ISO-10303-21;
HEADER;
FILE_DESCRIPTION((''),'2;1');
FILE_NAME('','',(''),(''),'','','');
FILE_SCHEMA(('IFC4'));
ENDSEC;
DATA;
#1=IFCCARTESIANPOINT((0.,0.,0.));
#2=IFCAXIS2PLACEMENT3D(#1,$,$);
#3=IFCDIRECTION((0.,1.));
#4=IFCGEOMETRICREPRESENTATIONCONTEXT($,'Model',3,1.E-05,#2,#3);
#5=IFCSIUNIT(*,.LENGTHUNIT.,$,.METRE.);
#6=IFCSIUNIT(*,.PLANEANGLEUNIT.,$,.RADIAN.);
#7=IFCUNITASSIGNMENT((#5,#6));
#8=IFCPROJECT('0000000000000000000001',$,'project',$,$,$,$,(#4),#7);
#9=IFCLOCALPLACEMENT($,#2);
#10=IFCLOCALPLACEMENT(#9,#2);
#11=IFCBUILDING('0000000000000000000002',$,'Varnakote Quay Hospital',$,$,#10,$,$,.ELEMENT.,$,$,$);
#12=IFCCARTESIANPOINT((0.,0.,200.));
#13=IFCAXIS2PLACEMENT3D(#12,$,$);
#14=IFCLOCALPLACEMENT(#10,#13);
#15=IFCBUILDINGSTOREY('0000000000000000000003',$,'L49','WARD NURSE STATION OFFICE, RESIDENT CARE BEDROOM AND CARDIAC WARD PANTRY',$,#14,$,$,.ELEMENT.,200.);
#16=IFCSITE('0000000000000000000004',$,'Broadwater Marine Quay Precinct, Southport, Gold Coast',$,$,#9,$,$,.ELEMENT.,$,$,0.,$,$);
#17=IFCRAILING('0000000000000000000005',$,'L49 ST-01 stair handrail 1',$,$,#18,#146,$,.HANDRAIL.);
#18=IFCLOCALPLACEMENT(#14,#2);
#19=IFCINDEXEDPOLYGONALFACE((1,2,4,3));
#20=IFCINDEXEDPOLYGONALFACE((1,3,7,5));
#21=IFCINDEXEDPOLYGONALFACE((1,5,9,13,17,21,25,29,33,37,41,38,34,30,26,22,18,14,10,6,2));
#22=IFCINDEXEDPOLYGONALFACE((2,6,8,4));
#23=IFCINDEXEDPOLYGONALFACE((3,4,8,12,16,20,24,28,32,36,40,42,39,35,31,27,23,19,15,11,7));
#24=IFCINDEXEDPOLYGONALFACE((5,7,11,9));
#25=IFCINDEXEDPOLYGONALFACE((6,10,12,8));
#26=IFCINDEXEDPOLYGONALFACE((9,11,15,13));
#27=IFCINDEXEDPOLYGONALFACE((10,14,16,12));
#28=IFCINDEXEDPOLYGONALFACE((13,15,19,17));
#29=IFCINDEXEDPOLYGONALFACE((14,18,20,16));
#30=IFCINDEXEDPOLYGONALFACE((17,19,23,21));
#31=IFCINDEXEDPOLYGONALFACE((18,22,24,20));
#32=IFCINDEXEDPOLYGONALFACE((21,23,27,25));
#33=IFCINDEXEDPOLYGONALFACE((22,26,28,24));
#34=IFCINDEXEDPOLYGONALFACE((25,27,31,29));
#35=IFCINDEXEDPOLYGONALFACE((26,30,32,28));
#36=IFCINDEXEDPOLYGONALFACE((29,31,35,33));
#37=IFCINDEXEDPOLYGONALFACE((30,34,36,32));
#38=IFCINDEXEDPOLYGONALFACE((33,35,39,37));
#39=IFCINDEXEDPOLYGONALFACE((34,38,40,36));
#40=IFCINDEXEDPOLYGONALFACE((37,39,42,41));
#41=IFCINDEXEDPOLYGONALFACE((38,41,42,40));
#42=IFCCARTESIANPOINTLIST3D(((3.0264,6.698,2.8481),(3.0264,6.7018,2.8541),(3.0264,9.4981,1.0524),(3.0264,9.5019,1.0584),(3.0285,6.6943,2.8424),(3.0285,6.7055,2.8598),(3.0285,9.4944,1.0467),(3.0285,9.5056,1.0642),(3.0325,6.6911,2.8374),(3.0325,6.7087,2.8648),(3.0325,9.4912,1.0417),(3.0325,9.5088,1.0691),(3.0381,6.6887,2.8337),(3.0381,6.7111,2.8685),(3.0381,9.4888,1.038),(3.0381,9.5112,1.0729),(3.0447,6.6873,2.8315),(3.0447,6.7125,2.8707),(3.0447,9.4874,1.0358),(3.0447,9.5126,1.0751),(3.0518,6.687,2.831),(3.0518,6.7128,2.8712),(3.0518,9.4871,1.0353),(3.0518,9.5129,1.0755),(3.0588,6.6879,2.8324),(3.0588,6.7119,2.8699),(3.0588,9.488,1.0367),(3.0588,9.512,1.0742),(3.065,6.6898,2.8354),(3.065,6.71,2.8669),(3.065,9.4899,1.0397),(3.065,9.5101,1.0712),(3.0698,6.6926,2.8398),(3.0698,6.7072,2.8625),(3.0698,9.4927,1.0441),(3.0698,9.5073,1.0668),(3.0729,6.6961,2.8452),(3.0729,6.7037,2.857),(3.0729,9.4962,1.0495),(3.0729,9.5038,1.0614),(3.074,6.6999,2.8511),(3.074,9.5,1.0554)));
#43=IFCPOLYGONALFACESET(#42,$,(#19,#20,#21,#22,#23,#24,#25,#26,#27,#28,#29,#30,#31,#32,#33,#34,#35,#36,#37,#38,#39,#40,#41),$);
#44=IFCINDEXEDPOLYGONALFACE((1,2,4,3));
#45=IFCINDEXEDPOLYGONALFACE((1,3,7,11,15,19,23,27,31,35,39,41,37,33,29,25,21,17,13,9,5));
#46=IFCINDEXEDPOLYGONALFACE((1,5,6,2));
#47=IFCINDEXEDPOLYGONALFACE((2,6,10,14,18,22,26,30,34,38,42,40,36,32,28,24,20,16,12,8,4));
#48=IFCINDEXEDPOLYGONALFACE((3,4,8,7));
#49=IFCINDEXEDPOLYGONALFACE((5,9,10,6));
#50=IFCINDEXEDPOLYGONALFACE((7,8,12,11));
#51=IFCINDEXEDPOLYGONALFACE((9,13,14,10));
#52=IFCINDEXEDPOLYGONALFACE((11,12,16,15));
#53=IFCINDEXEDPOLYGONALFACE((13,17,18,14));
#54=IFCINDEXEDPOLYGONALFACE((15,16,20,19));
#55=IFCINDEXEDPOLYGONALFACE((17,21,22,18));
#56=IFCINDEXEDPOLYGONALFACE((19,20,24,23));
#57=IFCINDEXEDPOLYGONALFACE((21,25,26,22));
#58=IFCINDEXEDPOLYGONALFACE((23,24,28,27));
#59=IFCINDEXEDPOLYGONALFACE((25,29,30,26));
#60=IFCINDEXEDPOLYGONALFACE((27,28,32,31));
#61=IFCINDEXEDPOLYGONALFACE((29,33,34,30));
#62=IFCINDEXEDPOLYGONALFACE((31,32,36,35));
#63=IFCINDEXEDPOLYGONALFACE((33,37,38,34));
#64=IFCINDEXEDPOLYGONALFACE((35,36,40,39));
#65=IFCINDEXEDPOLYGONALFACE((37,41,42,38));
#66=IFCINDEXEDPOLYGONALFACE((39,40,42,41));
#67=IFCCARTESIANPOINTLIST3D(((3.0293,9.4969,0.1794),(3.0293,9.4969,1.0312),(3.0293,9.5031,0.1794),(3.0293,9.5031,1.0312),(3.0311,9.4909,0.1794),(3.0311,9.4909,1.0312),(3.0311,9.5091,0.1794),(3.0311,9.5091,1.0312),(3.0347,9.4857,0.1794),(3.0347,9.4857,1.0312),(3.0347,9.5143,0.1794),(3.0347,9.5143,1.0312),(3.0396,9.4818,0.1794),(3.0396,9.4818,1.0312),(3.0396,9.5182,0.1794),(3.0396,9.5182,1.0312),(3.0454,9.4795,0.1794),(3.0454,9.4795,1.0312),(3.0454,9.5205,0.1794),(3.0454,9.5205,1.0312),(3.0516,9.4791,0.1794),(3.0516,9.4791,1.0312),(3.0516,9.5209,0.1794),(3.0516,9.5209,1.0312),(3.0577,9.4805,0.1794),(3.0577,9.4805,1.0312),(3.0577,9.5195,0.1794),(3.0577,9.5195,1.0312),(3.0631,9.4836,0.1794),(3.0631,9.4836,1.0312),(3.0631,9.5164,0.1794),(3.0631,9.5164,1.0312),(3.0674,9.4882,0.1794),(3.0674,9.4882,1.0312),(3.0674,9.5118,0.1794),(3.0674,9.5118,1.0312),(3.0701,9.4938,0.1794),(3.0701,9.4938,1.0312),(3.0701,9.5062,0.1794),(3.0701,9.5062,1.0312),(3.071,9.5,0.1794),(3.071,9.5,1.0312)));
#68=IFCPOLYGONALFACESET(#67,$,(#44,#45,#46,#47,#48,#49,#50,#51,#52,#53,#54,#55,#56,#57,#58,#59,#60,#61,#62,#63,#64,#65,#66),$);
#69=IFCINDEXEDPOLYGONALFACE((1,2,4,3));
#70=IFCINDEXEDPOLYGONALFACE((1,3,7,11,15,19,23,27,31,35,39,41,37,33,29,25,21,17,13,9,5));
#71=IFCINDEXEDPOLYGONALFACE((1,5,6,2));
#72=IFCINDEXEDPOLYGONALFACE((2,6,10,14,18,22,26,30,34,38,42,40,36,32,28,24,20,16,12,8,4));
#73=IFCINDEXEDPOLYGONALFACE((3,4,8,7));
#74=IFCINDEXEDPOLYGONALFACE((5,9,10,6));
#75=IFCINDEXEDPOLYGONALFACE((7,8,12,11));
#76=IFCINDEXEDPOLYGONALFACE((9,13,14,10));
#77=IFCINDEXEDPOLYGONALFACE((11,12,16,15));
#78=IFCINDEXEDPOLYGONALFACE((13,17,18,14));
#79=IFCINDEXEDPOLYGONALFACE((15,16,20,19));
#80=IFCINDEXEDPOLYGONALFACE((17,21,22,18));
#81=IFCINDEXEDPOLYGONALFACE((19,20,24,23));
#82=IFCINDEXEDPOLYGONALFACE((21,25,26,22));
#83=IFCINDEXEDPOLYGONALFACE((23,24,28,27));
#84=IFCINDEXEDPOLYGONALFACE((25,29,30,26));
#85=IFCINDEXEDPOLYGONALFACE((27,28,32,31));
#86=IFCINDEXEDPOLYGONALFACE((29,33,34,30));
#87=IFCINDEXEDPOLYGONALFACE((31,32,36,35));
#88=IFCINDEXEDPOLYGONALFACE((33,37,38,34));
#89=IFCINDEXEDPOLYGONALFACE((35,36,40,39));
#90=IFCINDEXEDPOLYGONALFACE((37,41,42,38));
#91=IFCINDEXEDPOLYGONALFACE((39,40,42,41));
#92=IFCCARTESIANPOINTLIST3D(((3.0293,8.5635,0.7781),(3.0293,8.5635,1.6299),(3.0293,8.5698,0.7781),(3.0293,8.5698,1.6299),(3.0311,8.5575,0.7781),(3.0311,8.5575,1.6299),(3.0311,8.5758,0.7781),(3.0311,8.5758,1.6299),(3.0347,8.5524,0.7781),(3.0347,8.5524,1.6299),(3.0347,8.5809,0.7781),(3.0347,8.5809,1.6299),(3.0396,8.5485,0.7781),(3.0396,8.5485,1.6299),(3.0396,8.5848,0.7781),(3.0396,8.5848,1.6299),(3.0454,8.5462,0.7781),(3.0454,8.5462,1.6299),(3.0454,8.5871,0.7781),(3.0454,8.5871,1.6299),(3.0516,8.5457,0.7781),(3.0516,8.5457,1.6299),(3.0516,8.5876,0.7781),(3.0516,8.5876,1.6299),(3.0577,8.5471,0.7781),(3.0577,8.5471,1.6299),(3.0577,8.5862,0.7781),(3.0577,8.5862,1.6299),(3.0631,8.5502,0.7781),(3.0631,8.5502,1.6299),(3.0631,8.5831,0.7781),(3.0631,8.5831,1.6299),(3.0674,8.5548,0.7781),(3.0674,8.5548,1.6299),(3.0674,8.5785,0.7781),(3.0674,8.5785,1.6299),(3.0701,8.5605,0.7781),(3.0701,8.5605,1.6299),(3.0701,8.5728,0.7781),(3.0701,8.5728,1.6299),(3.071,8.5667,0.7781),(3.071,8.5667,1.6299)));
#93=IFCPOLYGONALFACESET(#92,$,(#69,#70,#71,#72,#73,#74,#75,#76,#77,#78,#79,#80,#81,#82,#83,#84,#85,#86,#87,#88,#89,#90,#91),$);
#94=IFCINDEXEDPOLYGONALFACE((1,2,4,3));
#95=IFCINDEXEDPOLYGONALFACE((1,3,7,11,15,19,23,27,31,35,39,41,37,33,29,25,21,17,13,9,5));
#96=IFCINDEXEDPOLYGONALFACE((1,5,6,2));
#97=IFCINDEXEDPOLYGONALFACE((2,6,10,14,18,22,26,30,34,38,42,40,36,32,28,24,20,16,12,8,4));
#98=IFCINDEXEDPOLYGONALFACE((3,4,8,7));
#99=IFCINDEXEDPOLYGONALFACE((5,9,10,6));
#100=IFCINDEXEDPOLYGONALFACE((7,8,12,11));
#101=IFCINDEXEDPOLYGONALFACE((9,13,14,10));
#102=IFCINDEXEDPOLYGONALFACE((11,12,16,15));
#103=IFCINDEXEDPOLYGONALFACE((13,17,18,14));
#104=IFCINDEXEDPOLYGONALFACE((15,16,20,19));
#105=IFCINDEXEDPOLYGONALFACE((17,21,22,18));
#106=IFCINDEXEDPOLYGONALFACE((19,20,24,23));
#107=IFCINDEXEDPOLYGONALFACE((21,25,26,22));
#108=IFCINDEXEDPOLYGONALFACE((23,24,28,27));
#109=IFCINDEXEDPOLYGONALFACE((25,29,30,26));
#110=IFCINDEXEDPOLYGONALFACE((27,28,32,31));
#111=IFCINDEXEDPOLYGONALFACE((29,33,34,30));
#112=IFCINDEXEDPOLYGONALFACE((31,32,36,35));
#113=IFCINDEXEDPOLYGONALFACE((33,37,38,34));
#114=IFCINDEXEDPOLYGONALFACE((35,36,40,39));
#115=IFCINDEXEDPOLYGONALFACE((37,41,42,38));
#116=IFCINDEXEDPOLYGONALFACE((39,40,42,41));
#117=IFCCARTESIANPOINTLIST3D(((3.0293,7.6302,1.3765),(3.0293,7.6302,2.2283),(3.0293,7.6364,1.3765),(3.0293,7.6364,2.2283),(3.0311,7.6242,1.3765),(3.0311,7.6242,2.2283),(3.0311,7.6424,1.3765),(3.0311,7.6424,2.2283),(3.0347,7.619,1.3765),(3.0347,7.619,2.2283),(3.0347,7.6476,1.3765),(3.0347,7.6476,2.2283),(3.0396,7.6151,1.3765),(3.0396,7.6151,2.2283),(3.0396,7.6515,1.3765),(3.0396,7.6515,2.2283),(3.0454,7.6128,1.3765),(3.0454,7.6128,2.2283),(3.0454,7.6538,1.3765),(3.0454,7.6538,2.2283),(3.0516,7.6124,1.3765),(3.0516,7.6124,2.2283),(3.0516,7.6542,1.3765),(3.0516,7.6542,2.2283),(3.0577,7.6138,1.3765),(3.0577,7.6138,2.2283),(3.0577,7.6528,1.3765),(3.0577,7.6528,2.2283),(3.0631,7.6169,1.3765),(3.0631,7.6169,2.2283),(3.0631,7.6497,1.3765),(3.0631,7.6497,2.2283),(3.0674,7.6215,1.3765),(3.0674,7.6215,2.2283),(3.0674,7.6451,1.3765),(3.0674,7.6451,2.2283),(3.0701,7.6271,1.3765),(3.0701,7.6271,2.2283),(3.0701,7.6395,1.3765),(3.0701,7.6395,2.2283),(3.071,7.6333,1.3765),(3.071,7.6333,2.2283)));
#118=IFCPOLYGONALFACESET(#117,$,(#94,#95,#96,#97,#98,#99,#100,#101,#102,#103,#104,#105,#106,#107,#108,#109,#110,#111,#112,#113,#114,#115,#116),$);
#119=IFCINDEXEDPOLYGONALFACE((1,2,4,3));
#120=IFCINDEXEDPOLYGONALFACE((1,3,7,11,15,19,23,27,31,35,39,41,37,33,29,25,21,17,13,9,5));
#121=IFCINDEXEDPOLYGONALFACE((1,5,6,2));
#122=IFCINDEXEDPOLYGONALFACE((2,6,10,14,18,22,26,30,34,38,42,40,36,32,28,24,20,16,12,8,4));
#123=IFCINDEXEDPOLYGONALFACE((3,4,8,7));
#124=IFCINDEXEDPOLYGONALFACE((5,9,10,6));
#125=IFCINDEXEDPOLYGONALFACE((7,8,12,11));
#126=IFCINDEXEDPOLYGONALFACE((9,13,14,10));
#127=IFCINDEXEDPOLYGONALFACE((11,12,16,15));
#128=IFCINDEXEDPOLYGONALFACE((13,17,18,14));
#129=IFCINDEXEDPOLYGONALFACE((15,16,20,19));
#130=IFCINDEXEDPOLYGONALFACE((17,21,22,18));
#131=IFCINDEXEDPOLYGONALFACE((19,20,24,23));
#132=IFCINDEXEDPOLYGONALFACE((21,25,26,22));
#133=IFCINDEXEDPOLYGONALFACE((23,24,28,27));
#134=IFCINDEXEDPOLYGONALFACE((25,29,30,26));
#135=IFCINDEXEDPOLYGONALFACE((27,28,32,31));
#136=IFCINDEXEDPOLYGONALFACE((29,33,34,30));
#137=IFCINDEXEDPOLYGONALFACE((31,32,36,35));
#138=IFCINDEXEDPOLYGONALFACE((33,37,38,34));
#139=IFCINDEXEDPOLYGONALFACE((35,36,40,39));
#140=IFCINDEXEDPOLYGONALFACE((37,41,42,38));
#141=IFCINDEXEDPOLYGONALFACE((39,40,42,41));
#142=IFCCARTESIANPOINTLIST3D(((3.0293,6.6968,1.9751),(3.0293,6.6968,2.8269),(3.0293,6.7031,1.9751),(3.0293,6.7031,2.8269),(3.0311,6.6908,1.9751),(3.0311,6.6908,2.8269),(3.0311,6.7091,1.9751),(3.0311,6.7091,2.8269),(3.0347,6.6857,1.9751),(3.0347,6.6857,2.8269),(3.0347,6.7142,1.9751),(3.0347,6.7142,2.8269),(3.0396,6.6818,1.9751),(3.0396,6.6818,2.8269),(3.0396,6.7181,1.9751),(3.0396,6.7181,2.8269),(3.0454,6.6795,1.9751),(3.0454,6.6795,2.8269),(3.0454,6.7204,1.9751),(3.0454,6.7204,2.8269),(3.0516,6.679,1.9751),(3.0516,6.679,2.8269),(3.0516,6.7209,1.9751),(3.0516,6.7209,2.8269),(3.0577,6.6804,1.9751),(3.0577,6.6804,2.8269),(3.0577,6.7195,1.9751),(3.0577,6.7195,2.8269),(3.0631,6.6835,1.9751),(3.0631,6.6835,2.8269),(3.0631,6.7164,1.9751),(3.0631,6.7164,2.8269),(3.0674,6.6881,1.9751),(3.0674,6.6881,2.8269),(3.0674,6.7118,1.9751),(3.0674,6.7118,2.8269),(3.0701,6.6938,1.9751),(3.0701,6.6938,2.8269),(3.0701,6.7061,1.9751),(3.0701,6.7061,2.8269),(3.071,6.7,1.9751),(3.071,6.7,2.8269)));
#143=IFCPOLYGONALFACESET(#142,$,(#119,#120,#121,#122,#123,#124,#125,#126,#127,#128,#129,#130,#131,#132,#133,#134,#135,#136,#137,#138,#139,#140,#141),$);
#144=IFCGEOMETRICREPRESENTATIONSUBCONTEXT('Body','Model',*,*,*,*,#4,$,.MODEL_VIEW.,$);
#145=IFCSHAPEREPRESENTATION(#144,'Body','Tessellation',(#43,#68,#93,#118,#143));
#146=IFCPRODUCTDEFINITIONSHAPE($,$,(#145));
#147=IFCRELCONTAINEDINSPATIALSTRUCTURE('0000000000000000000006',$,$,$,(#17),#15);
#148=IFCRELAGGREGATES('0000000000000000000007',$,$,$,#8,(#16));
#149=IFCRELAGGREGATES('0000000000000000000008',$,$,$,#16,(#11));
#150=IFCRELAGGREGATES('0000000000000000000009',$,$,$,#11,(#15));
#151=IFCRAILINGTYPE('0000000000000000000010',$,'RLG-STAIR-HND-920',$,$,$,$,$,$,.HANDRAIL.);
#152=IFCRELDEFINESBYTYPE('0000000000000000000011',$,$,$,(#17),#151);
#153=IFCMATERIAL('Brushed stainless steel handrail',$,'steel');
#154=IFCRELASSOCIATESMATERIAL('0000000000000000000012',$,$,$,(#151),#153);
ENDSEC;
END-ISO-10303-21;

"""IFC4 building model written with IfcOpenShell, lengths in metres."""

from ifc_helpers import new_model, si_unit, direction, frame, origin, origin_2d, place, context, subcontext, project, spatial, circle, extrude, material, type_object, element, save


model = new_model("IFC4")

# Units and contexts
model_context = context("Model", 3, precision=1e-05, world=origin(), true_north=direction((0.0, 1.0)))
body_context = subcontext(model_context, "Body", "Model", "MODEL_VIEW")
ifc_project = project(units=[si_unit("LENGTHUNIT", "METRE"), si_unit("PLANEANGLEUNIT", "RADIAN")], contexts=[model_context])

# Site, building, storey
site_placement = place(None, origin())
site = spatial("IfcSite", under=ifc_project, at=site_placement, Name="Broadwater Marine Quay Precinct, Southport, Gold Coast", CompositionType="ELEMENT", RefElevation=0.0)
building_placement = place(site_placement, origin())
building = spatial("IfcBuilding", under=site, at=building_placement, Name="Varnakote Quay Hospital", CompositionType="ELEMENT")
storey_placement = place(building_placement, frame((0.0, 0.0, 200.0)))
storey = spatial("IfcBuildingStorey", under=building, at=storey_placement, Name="L49", Description="WARD NURSE STATION OFFICE, RESIDENT CARE BEDROOM AND CARDIAC WARD PANTRY", CompositionType="ELEMENT", Elevation=200.0)

# Railing
ifc_material_1 = material(Name="Brushed stainless steel handrail", Category="steel")
railing_type_1 = type_object("IfcRailingType", Name="RLG-STAIR-HND-920", PredefinedType="HANDRAIL", material=ifc_material_1)
railing_1_placement = place(storey_placement, frame((3.05, 9.5, 0.1794)))
element("IfcRailing", 1, at=railing_1_placement, inside=storey, type_object=railing_type_1, Name="L49 ST-01 stair handrail 1", PredefinedType="HANDRAIL", context=body_context, shape_type="SweptSolid", body=[
    extrude(circle(Radius=0.0239, at=origin_2d()), frame((0.0, 0.0, 0.876), z_axis=(0.0, -0.841777, 0.539826), x_axis=(1.0, 0.0, 0.0)), (0.0, 0.0, 1.0), 3.3264),
    extrude(circle(Radius=0.021, at=origin_2d()), origin(), (0.0, 0.0, 1.0), 0.8518),
    extrude(circle(Radius=0.021, at=origin_2d()), frame((0.0, -0.9333, 0.5986)), (0.0, 0.0, 1.0), 0.8518),
    extrude(circle(Radius=0.021, at=origin_2d()), frame((0.0, -1.8667, 1.197)), (0.0, 0.0, 1.0), 0.8518),
    extrude(circle(Radius=0.021, at=origin_2d()), frame((0.0, -2.8, 1.7957)), (0.0, 0.0, 1.0), 0.8518),
])

save(model, "model.ifc")
